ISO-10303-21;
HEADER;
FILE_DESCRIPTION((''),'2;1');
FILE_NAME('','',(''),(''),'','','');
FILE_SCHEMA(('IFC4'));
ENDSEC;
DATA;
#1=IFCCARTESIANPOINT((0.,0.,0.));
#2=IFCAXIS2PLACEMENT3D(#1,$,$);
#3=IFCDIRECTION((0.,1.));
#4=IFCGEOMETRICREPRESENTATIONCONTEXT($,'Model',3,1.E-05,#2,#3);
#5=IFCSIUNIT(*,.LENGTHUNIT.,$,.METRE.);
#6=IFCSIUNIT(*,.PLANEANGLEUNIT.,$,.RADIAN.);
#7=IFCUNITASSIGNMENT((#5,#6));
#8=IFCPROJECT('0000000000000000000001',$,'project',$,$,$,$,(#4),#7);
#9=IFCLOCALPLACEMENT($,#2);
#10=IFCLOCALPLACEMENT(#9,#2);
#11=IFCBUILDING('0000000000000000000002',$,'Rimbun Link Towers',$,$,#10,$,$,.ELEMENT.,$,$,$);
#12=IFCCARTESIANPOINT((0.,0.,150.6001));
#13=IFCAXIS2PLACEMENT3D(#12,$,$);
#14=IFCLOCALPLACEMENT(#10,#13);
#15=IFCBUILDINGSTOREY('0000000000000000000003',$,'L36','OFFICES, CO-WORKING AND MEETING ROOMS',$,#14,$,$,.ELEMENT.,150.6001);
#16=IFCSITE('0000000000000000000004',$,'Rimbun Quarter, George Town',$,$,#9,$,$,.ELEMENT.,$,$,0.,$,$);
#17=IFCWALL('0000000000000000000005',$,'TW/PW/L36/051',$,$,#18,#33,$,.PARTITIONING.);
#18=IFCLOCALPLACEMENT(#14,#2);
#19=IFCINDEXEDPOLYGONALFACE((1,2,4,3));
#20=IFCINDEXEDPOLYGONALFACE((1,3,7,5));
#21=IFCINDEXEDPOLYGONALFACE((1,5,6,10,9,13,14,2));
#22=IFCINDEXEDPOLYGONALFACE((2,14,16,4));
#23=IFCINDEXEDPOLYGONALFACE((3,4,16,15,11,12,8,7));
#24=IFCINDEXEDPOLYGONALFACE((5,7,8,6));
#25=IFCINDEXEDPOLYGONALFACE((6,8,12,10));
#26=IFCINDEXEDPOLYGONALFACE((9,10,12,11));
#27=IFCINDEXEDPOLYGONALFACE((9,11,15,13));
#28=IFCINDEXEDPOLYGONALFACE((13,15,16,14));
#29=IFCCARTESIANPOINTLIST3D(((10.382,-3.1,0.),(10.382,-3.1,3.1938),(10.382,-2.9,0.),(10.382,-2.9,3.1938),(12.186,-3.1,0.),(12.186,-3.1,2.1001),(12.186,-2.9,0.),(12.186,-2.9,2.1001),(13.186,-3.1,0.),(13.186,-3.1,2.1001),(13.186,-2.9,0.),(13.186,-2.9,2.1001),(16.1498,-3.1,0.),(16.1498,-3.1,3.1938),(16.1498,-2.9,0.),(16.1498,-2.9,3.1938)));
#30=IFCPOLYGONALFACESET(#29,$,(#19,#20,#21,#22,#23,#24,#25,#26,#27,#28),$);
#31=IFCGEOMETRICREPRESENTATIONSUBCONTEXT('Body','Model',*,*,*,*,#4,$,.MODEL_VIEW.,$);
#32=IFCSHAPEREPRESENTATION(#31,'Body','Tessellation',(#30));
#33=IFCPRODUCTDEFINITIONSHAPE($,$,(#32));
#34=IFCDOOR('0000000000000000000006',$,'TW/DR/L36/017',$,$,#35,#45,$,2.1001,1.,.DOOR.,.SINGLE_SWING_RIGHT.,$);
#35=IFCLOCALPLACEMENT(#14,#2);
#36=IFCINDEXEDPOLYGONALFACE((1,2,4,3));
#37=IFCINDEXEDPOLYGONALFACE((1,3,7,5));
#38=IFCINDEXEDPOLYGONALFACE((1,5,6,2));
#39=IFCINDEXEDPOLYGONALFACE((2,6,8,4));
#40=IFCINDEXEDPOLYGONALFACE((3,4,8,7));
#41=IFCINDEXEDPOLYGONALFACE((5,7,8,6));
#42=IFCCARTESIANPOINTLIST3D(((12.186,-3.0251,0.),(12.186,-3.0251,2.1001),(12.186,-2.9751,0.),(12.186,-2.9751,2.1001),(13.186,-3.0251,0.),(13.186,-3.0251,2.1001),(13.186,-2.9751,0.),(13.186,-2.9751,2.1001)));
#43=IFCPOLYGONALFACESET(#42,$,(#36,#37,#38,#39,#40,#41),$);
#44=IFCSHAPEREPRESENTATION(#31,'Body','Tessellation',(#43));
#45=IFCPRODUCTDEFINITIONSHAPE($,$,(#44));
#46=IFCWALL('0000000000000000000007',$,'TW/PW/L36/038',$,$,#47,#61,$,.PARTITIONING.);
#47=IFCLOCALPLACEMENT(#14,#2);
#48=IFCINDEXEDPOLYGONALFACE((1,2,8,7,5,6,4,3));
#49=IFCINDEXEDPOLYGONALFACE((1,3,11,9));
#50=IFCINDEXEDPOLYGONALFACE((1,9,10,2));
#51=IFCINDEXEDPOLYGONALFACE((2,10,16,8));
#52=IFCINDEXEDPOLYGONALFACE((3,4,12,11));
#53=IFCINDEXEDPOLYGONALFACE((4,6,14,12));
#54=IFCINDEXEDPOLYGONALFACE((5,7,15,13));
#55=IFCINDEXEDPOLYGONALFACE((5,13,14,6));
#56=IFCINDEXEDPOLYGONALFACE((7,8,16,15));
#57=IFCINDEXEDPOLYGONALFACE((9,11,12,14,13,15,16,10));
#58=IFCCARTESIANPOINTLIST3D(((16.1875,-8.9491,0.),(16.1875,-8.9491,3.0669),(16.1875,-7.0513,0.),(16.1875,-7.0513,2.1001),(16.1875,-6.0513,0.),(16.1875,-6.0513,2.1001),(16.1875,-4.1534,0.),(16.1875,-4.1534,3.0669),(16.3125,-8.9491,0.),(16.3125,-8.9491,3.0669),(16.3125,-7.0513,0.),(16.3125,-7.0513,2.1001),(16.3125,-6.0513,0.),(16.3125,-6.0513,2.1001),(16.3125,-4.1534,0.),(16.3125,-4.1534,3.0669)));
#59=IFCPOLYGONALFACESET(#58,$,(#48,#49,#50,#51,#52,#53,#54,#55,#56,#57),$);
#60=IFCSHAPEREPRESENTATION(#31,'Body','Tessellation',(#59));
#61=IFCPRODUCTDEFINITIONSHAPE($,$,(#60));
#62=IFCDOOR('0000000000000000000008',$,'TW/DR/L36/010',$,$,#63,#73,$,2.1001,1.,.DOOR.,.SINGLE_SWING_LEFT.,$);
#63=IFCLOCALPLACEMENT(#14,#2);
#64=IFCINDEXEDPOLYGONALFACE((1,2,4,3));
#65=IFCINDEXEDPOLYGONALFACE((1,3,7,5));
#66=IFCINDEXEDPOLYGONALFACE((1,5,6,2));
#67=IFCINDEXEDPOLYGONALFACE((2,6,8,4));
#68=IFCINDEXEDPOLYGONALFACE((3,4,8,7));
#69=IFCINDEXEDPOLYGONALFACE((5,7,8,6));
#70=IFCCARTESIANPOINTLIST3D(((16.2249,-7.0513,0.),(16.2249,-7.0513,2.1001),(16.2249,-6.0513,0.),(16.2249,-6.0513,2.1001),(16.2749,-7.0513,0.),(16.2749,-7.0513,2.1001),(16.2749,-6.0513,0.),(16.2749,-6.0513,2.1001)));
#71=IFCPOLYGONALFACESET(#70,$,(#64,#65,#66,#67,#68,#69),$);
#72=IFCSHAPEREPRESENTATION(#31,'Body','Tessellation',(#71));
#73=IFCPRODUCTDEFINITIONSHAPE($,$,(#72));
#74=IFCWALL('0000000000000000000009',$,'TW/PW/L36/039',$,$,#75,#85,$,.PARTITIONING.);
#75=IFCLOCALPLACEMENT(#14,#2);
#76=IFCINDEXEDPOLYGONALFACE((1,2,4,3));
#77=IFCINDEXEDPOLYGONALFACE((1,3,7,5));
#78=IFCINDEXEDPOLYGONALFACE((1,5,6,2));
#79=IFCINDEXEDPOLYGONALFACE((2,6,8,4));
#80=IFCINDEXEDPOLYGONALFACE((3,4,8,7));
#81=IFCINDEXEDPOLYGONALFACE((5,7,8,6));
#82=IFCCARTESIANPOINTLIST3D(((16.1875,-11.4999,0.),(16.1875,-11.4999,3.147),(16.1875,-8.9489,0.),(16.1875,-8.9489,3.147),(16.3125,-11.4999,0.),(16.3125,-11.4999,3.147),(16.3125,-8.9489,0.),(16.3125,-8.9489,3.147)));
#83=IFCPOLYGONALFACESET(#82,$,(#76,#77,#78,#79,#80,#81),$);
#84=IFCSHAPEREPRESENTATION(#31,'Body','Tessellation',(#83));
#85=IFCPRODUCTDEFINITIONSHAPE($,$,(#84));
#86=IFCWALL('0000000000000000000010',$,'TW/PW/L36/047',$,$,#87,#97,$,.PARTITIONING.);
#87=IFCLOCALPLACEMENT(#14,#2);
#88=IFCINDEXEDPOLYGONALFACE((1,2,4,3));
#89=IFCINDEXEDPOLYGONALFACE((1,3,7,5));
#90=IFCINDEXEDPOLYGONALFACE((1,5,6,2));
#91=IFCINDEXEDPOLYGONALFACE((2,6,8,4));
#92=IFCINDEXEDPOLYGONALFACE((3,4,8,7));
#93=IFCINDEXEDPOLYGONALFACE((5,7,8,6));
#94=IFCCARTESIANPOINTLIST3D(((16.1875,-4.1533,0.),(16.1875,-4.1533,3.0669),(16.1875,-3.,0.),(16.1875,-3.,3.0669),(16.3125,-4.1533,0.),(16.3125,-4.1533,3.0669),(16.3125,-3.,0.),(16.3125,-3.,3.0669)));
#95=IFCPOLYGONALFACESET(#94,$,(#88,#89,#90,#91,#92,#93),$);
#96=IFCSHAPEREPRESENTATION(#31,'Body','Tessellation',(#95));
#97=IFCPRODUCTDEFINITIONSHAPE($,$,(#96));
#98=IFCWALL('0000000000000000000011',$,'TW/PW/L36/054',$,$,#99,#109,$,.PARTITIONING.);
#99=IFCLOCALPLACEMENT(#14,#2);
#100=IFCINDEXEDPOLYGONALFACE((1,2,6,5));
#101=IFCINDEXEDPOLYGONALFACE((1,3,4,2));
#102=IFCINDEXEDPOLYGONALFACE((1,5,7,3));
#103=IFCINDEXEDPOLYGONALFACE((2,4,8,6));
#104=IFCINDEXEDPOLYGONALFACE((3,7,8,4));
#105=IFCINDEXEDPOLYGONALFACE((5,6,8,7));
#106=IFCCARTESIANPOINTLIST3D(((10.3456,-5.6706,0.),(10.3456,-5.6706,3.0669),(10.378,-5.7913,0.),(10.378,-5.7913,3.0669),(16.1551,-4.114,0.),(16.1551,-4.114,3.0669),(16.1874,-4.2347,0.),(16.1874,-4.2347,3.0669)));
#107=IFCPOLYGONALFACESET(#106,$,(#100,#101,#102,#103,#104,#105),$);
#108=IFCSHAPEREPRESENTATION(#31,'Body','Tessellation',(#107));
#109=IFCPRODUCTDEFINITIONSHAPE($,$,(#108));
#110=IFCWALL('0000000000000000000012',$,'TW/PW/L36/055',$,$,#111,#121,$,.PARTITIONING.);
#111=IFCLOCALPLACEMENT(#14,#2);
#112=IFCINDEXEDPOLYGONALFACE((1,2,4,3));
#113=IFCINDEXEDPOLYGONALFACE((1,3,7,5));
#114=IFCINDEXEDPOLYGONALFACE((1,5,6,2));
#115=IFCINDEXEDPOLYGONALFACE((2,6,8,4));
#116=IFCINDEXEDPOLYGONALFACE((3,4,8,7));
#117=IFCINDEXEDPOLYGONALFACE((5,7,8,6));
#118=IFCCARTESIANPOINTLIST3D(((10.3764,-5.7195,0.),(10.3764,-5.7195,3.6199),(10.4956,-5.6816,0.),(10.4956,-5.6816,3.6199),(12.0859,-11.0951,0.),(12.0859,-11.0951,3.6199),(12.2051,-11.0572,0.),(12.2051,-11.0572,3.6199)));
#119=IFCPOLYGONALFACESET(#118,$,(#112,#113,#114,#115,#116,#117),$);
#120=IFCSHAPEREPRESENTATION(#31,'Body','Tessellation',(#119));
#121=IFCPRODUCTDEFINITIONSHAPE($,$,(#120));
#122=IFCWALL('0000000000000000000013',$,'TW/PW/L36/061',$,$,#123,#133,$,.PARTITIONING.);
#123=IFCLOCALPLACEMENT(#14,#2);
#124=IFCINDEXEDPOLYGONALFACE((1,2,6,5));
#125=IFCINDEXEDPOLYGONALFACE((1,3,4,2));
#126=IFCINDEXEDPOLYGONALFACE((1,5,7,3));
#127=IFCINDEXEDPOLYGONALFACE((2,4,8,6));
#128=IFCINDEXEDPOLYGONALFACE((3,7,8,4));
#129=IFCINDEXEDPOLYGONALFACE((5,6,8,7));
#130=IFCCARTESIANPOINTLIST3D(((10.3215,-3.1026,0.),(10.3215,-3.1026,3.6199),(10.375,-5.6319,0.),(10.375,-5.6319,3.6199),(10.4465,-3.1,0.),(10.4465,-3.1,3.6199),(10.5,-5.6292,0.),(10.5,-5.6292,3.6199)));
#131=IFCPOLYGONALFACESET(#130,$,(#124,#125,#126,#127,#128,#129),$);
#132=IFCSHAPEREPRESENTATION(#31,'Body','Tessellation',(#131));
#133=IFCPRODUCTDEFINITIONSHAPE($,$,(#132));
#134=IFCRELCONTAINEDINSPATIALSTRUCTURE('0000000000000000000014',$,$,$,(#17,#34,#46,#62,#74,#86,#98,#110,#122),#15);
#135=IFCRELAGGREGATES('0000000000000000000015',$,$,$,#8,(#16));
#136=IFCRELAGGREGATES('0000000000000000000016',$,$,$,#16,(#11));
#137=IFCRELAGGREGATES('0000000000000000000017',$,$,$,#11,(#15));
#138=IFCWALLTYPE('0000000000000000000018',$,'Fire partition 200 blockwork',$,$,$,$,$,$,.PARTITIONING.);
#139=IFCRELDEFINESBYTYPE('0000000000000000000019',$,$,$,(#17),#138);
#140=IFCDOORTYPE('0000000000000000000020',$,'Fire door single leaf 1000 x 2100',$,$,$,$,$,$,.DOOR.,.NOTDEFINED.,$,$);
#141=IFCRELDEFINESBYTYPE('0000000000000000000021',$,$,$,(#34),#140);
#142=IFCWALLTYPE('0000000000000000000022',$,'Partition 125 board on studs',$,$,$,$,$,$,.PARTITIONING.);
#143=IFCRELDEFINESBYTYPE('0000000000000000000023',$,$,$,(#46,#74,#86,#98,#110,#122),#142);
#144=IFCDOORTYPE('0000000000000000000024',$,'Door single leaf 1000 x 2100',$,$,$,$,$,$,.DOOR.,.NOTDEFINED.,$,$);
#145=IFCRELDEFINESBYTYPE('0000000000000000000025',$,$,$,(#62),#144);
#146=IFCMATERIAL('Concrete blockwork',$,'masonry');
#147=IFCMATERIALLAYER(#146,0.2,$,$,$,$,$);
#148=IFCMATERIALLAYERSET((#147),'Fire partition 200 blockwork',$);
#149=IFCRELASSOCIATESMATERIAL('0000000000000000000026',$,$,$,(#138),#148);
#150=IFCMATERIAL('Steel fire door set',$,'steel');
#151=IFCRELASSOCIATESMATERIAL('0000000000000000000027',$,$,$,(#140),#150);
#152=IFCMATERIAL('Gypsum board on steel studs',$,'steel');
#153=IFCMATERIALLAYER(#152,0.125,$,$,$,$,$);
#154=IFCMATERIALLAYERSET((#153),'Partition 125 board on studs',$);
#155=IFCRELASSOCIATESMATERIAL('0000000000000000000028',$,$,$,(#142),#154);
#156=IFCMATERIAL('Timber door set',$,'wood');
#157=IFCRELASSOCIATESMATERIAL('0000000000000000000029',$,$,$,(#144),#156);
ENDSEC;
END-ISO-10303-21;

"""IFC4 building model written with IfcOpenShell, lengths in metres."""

from ifc_helpers import new_model, si_unit, direction, frame, frame_2d, origin, place, context, subcontext, project, spatial, rectangle, extrude, material, layer, layer_set, type_object, element, fill, save


model = new_model("IFC4")

# Units and contexts
model_context = context("Model", 3, precision=1e-05, world=origin(), true_north=direction((0.0, 1.0)))
body_context = subcontext(model_context, "Body", "Model", "MODEL_VIEW")
ifc_project = project(units=[si_unit("LENGTHUNIT", "METRE"), si_unit("PLANEANGLEUNIT", "RADIAN")], contexts=[model_context])

# Site, building, storey
site_placement = place(None, origin())
site = spatial("IfcSite", under=ifc_project, at=site_placement, Name="Rimbun Quarter, George Town", CompositionType="ELEMENT", RefElevation=0.0)
building_placement = place(site_placement, origin())
building = spatial("IfcBuilding", under=site, at=building_placement, Name="Rimbun Link Towers", CompositionType="ELEMENT")
storey_placement = place(building_placement, frame((0.0, 0.0, 150.6001)))
storey = spatial("IfcBuildingStorey", under=building, at=storey_placement, Name="L36", Description="OFFICES, CO-WORKING AND MEETING ROOMS", CompositionType="ELEMENT", Elevation=150.6001)

# Walls, openings, doors
ifc_material_1 = material(Name="Concrete blockwork", Category="masonry")
ifc_layer_1 = layer(ifc_material_1, 0.2)
ifc_layer_set_1 = layer_set([ifc_layer_1], Name="Fire partition 200 blockwork")
wall_type_1 = type_object("IfcWallType", Name="Fire partition 200 blockwork", PredefinedType="PARTITIONING", material=ifc_layer_set_1)
ifc_material_2 = material(Name="Steel fire door set", Category="steel")
door_type_1 = type_object("IfcDoorType", Name="Fire door single leaf 1000 x 2100", OperationType="NOTDEFINED", PredefinedType="DOOR", material=ifc_material_2)
wall_1_placement = place(storey_placement, frame((10.3821, -3.0, 0.0), z_axis=(0.0, 0.0, 1.0), x_axis=(1.0, 0.0, 0.0)))
wall_1 = element("IfcWall", 1, at=wall_1_placement, inside=storey, type_object=wall_type_1, Name="TW/PW/L36/051", PredefinedType="PARTITIONING", context=body_context, shape_type="SweptSolid", body=[
    extrude(rectangle(XDim=5.7678, YDim=0.2, at=frame_2d((2.8838, 0.0))), origin(), (0.0, 0.0, 1.0), 3.1938),
])
opening_1_placement = place(wall_1_placement, frame((1.804, 0.0, 0.0)))
opening_1 = element("IfcOpeningElement", 2, at=opening_1_placement, cuts=wall_1, PredefinedType="OPENING", context=body_context, shape_type="SweptSolid", body=[
    extrude(rectangle(XDim=1.0, YDim=2.1001, at=frame_2d((0.5, 1.05))), frame((0.0, 0.1099, 0.0), z_axis=(0.0, -1.0, 0.0), x_axis=(1.0, 0.0, 0.0)), (0.0, 0.0, 1.0), 0.22),
])
door_1_placement = place(opening_1_placement, origin())
door_1 = element("IfcDoor", 3, at=door_1_placement, inside=storey, type_object=door_type_1, Name="TW/DR/L36/017", OperationType="SINGLE_SWING_RIGHT", OverallHeight=2.1001, OverallWidth=1.0, PredefinedType="DOOR", context=body_context, shape_type="SweptSolid", body=[
    extrude(rectangle(XDim=1.0, YDim=2.1001, at=frame_2d((0.5, 1.05))), frame((0.0, 0.0249, 0.0), z_axis=(0.0, -1.0, 0.0), x_axis=(1.0, 0.0, 0.0)), (0.0, 0.0, 1.0), 0.05),
])
fill(opening_1, door_1)
ifc_material_3 = material(Name="Gypsum board on steel studs", Category="steel")
ifc_layer_2 = layer(ifc_material_3, 0.125)
ifc_layer_set_2 = layer_set([ifc_layer_2], Name="Partition 125 board on studs")
wall_type_2 = type_object("IfcWallType", Name="Partition 125 board on studs", PredefinedType="PARTITIONING", material=ifc_layer_set_2)
wall_2_placement = place(storey_placement, frame((16.25, -4.1533, 0.0), z_axis=(0.0, 0.0, 1.0), x_axis=(0.0, -1.0, 0.0)))
wall_2 = element("IfcWall", 4, at=wall_2_placement, inside=storey, type_object=wall_type_2, Name="TW/PW/L36/038", PredefinedType="PARTITIONING", context=body_context, shape_type="SweptSolid", body=[
    extrude(rectangle(XDim=4.7957, YDim=0.125, at=frame_2d((2.3979, 0.0))), origin(), (0.0, 0.0, 1.0), 3.0669),
])
opening_2_placement = place(wall_2_placement, frame((1.8979, 0.0, 0.0)))
opening_2 = element("IfcOpeningElement", 5, at=opening_2_placement, cuts=wall_2, PredefinedType="OPENING", context=body_context, shape_type="SweptSolid", body=[
    extrude(rectangle(XDim=1.0, YDim=2.1001, at=frame_2d((0.5, 1.05))), frame((0.0, 0.0725, 0.0), z_axis=(0.0, -1.0, 0.0), x_axis=(1.0, 0.0, 0.0)), (0.0, 0.0, 1.0), 0.145),
])
ifc_material_4 = material(Name="Timber door set", Category="wood")
door_type_2 = type_object("IfcDoorType", Name="Door single leaf 1000 x 2100", OperationType="NOTDEFINED", PredefinedType="DOOR", material=ifc_material_4)
door_2_placement = place(opening_2_placement, origin())
door_2 = element("IfcDoor", 6, at=door_2_placement, inside=storey, type_object=door_type_2, Name="TW/DR/L36/010", OperationType="SINGLE_SWING_LEFT", OverallHeight=2.1001, OverallWidth=1.0, PredefinedType="DOOR", context=body_context, shape_type="SweptSolid", body=[
    extrude(rectangle(XDim=1.0, YDim=2.1001, at=frame_2d((0.5, 1.05))), frame((0.0, 0.0249, 0.0), z_axis=(0.0, -1.0, 0.0), x_axis=(1.0, 0.0, 0.0)), (0.0, 0.0, 1.0), 0.05),
])
fill(opening_2, door_2)

# Walls
wall_3_placement = place(storey_placement, frame((16.25, -8.949, 0.0), z_axis=(0.0, 0.0, 1.0), x_axis=(0.0, -1.0, 0.0)))
element("IfcWall", 7, at=wall_3_placement, inside=storey, type_object=wall_type_2, Name="TW/PW/L36/039", PredefinedType="PARTITIONING", context=body_context, shape_type="SweptSolid", body=[
    extrude(rectangle(XDim=2.551, YDim=0.125, at=frame_2d((1.2754, 0.0))), origin(), (0.0, 0.0, 1.0), 3.147),
])
wall_4_placement = place(storey_placement, frame((16.25, -3.0, 0.0), z_axis=(0.0, 0.0, 1.0), x_axis=(0.0, -1.0, 0.0)))
element("IfcWall", 8, at=wall_4_placement, inside=storey, type_object=wall_type_2, Name="TW/PW/L36/047", PredefinedType="PARTITIONING", context=body_context, shape_type="SweptSolid", body=[
    extrude(rectangle(XDim=1.1533, YDim=0.125, at=frame_2d((0.5767, 0.0))), origin(), (0.0, 0.0, 1.0), 3.0669),
])
wall_5_placement = place(storey_placement, frame((16.1714, -4.1743, 0.0), z_axis=(0.0, 0.0, 1.0), x_axis=(-0.965927, -0.258815, 0.0)))
element("IfcWall", 9, at=wall_5_placement, inside=storey, type_object=wall_type_2, Name="TW/PW/L36/054", PredefinedType="PARTITIONING", context=body_context, shape_type="SweptSolid", body=[
    extrude(rectangle(XDim=6.0144, YDim=0.125, at=frame_2d((3.0073, 0.0))), origin(), (0.0, 0.0, 1.0), 3.0669),
])
wall_6_placement = place(storey_placement, frame((10.436, -5.7007, 0.0), z_axis=(0.0, 0.0, 1.0), x_axis=(0.303057, -0.952972, 0.0)))
element("IfcWall", 10, at=wall_6_placement, inside=storey, type_object=wall_type_2, Name="TW/PW/L36/055", PredefinedType="PARTITIONING", context=body_context, shape_type="SweptSolid", body=[
    extrude(rectangle(XDim=5.6409, YDim=0.125, at=frame_2d((2.8203, 0.0))), origin(), (0.0, 0.0, 1.0), 3.6199),
])
wall_7_placement = place(storey_placement, frame((10.384, -3.1013, 0.0), z_axis=(0.0, 0.0, 1.0), x_axis=(0.021134, -0.999777, 0.0)))
element("IfcWall", 11, at=wall_7_placement, inside=storey, type_object=wall_type_2, Name="TW/PW/L36/061", PredefinedType="PARTITIONING", context=body_context, shape_type="SweptSolid", body=[
    extrude(rectangle(XDim=2.5298, YDim=0.125, at=frame_2d((1.2649, 0.0))), origin(), (0.0, 0.0, 1.0), 3.6199),
])

save(model, "model.ifc")
